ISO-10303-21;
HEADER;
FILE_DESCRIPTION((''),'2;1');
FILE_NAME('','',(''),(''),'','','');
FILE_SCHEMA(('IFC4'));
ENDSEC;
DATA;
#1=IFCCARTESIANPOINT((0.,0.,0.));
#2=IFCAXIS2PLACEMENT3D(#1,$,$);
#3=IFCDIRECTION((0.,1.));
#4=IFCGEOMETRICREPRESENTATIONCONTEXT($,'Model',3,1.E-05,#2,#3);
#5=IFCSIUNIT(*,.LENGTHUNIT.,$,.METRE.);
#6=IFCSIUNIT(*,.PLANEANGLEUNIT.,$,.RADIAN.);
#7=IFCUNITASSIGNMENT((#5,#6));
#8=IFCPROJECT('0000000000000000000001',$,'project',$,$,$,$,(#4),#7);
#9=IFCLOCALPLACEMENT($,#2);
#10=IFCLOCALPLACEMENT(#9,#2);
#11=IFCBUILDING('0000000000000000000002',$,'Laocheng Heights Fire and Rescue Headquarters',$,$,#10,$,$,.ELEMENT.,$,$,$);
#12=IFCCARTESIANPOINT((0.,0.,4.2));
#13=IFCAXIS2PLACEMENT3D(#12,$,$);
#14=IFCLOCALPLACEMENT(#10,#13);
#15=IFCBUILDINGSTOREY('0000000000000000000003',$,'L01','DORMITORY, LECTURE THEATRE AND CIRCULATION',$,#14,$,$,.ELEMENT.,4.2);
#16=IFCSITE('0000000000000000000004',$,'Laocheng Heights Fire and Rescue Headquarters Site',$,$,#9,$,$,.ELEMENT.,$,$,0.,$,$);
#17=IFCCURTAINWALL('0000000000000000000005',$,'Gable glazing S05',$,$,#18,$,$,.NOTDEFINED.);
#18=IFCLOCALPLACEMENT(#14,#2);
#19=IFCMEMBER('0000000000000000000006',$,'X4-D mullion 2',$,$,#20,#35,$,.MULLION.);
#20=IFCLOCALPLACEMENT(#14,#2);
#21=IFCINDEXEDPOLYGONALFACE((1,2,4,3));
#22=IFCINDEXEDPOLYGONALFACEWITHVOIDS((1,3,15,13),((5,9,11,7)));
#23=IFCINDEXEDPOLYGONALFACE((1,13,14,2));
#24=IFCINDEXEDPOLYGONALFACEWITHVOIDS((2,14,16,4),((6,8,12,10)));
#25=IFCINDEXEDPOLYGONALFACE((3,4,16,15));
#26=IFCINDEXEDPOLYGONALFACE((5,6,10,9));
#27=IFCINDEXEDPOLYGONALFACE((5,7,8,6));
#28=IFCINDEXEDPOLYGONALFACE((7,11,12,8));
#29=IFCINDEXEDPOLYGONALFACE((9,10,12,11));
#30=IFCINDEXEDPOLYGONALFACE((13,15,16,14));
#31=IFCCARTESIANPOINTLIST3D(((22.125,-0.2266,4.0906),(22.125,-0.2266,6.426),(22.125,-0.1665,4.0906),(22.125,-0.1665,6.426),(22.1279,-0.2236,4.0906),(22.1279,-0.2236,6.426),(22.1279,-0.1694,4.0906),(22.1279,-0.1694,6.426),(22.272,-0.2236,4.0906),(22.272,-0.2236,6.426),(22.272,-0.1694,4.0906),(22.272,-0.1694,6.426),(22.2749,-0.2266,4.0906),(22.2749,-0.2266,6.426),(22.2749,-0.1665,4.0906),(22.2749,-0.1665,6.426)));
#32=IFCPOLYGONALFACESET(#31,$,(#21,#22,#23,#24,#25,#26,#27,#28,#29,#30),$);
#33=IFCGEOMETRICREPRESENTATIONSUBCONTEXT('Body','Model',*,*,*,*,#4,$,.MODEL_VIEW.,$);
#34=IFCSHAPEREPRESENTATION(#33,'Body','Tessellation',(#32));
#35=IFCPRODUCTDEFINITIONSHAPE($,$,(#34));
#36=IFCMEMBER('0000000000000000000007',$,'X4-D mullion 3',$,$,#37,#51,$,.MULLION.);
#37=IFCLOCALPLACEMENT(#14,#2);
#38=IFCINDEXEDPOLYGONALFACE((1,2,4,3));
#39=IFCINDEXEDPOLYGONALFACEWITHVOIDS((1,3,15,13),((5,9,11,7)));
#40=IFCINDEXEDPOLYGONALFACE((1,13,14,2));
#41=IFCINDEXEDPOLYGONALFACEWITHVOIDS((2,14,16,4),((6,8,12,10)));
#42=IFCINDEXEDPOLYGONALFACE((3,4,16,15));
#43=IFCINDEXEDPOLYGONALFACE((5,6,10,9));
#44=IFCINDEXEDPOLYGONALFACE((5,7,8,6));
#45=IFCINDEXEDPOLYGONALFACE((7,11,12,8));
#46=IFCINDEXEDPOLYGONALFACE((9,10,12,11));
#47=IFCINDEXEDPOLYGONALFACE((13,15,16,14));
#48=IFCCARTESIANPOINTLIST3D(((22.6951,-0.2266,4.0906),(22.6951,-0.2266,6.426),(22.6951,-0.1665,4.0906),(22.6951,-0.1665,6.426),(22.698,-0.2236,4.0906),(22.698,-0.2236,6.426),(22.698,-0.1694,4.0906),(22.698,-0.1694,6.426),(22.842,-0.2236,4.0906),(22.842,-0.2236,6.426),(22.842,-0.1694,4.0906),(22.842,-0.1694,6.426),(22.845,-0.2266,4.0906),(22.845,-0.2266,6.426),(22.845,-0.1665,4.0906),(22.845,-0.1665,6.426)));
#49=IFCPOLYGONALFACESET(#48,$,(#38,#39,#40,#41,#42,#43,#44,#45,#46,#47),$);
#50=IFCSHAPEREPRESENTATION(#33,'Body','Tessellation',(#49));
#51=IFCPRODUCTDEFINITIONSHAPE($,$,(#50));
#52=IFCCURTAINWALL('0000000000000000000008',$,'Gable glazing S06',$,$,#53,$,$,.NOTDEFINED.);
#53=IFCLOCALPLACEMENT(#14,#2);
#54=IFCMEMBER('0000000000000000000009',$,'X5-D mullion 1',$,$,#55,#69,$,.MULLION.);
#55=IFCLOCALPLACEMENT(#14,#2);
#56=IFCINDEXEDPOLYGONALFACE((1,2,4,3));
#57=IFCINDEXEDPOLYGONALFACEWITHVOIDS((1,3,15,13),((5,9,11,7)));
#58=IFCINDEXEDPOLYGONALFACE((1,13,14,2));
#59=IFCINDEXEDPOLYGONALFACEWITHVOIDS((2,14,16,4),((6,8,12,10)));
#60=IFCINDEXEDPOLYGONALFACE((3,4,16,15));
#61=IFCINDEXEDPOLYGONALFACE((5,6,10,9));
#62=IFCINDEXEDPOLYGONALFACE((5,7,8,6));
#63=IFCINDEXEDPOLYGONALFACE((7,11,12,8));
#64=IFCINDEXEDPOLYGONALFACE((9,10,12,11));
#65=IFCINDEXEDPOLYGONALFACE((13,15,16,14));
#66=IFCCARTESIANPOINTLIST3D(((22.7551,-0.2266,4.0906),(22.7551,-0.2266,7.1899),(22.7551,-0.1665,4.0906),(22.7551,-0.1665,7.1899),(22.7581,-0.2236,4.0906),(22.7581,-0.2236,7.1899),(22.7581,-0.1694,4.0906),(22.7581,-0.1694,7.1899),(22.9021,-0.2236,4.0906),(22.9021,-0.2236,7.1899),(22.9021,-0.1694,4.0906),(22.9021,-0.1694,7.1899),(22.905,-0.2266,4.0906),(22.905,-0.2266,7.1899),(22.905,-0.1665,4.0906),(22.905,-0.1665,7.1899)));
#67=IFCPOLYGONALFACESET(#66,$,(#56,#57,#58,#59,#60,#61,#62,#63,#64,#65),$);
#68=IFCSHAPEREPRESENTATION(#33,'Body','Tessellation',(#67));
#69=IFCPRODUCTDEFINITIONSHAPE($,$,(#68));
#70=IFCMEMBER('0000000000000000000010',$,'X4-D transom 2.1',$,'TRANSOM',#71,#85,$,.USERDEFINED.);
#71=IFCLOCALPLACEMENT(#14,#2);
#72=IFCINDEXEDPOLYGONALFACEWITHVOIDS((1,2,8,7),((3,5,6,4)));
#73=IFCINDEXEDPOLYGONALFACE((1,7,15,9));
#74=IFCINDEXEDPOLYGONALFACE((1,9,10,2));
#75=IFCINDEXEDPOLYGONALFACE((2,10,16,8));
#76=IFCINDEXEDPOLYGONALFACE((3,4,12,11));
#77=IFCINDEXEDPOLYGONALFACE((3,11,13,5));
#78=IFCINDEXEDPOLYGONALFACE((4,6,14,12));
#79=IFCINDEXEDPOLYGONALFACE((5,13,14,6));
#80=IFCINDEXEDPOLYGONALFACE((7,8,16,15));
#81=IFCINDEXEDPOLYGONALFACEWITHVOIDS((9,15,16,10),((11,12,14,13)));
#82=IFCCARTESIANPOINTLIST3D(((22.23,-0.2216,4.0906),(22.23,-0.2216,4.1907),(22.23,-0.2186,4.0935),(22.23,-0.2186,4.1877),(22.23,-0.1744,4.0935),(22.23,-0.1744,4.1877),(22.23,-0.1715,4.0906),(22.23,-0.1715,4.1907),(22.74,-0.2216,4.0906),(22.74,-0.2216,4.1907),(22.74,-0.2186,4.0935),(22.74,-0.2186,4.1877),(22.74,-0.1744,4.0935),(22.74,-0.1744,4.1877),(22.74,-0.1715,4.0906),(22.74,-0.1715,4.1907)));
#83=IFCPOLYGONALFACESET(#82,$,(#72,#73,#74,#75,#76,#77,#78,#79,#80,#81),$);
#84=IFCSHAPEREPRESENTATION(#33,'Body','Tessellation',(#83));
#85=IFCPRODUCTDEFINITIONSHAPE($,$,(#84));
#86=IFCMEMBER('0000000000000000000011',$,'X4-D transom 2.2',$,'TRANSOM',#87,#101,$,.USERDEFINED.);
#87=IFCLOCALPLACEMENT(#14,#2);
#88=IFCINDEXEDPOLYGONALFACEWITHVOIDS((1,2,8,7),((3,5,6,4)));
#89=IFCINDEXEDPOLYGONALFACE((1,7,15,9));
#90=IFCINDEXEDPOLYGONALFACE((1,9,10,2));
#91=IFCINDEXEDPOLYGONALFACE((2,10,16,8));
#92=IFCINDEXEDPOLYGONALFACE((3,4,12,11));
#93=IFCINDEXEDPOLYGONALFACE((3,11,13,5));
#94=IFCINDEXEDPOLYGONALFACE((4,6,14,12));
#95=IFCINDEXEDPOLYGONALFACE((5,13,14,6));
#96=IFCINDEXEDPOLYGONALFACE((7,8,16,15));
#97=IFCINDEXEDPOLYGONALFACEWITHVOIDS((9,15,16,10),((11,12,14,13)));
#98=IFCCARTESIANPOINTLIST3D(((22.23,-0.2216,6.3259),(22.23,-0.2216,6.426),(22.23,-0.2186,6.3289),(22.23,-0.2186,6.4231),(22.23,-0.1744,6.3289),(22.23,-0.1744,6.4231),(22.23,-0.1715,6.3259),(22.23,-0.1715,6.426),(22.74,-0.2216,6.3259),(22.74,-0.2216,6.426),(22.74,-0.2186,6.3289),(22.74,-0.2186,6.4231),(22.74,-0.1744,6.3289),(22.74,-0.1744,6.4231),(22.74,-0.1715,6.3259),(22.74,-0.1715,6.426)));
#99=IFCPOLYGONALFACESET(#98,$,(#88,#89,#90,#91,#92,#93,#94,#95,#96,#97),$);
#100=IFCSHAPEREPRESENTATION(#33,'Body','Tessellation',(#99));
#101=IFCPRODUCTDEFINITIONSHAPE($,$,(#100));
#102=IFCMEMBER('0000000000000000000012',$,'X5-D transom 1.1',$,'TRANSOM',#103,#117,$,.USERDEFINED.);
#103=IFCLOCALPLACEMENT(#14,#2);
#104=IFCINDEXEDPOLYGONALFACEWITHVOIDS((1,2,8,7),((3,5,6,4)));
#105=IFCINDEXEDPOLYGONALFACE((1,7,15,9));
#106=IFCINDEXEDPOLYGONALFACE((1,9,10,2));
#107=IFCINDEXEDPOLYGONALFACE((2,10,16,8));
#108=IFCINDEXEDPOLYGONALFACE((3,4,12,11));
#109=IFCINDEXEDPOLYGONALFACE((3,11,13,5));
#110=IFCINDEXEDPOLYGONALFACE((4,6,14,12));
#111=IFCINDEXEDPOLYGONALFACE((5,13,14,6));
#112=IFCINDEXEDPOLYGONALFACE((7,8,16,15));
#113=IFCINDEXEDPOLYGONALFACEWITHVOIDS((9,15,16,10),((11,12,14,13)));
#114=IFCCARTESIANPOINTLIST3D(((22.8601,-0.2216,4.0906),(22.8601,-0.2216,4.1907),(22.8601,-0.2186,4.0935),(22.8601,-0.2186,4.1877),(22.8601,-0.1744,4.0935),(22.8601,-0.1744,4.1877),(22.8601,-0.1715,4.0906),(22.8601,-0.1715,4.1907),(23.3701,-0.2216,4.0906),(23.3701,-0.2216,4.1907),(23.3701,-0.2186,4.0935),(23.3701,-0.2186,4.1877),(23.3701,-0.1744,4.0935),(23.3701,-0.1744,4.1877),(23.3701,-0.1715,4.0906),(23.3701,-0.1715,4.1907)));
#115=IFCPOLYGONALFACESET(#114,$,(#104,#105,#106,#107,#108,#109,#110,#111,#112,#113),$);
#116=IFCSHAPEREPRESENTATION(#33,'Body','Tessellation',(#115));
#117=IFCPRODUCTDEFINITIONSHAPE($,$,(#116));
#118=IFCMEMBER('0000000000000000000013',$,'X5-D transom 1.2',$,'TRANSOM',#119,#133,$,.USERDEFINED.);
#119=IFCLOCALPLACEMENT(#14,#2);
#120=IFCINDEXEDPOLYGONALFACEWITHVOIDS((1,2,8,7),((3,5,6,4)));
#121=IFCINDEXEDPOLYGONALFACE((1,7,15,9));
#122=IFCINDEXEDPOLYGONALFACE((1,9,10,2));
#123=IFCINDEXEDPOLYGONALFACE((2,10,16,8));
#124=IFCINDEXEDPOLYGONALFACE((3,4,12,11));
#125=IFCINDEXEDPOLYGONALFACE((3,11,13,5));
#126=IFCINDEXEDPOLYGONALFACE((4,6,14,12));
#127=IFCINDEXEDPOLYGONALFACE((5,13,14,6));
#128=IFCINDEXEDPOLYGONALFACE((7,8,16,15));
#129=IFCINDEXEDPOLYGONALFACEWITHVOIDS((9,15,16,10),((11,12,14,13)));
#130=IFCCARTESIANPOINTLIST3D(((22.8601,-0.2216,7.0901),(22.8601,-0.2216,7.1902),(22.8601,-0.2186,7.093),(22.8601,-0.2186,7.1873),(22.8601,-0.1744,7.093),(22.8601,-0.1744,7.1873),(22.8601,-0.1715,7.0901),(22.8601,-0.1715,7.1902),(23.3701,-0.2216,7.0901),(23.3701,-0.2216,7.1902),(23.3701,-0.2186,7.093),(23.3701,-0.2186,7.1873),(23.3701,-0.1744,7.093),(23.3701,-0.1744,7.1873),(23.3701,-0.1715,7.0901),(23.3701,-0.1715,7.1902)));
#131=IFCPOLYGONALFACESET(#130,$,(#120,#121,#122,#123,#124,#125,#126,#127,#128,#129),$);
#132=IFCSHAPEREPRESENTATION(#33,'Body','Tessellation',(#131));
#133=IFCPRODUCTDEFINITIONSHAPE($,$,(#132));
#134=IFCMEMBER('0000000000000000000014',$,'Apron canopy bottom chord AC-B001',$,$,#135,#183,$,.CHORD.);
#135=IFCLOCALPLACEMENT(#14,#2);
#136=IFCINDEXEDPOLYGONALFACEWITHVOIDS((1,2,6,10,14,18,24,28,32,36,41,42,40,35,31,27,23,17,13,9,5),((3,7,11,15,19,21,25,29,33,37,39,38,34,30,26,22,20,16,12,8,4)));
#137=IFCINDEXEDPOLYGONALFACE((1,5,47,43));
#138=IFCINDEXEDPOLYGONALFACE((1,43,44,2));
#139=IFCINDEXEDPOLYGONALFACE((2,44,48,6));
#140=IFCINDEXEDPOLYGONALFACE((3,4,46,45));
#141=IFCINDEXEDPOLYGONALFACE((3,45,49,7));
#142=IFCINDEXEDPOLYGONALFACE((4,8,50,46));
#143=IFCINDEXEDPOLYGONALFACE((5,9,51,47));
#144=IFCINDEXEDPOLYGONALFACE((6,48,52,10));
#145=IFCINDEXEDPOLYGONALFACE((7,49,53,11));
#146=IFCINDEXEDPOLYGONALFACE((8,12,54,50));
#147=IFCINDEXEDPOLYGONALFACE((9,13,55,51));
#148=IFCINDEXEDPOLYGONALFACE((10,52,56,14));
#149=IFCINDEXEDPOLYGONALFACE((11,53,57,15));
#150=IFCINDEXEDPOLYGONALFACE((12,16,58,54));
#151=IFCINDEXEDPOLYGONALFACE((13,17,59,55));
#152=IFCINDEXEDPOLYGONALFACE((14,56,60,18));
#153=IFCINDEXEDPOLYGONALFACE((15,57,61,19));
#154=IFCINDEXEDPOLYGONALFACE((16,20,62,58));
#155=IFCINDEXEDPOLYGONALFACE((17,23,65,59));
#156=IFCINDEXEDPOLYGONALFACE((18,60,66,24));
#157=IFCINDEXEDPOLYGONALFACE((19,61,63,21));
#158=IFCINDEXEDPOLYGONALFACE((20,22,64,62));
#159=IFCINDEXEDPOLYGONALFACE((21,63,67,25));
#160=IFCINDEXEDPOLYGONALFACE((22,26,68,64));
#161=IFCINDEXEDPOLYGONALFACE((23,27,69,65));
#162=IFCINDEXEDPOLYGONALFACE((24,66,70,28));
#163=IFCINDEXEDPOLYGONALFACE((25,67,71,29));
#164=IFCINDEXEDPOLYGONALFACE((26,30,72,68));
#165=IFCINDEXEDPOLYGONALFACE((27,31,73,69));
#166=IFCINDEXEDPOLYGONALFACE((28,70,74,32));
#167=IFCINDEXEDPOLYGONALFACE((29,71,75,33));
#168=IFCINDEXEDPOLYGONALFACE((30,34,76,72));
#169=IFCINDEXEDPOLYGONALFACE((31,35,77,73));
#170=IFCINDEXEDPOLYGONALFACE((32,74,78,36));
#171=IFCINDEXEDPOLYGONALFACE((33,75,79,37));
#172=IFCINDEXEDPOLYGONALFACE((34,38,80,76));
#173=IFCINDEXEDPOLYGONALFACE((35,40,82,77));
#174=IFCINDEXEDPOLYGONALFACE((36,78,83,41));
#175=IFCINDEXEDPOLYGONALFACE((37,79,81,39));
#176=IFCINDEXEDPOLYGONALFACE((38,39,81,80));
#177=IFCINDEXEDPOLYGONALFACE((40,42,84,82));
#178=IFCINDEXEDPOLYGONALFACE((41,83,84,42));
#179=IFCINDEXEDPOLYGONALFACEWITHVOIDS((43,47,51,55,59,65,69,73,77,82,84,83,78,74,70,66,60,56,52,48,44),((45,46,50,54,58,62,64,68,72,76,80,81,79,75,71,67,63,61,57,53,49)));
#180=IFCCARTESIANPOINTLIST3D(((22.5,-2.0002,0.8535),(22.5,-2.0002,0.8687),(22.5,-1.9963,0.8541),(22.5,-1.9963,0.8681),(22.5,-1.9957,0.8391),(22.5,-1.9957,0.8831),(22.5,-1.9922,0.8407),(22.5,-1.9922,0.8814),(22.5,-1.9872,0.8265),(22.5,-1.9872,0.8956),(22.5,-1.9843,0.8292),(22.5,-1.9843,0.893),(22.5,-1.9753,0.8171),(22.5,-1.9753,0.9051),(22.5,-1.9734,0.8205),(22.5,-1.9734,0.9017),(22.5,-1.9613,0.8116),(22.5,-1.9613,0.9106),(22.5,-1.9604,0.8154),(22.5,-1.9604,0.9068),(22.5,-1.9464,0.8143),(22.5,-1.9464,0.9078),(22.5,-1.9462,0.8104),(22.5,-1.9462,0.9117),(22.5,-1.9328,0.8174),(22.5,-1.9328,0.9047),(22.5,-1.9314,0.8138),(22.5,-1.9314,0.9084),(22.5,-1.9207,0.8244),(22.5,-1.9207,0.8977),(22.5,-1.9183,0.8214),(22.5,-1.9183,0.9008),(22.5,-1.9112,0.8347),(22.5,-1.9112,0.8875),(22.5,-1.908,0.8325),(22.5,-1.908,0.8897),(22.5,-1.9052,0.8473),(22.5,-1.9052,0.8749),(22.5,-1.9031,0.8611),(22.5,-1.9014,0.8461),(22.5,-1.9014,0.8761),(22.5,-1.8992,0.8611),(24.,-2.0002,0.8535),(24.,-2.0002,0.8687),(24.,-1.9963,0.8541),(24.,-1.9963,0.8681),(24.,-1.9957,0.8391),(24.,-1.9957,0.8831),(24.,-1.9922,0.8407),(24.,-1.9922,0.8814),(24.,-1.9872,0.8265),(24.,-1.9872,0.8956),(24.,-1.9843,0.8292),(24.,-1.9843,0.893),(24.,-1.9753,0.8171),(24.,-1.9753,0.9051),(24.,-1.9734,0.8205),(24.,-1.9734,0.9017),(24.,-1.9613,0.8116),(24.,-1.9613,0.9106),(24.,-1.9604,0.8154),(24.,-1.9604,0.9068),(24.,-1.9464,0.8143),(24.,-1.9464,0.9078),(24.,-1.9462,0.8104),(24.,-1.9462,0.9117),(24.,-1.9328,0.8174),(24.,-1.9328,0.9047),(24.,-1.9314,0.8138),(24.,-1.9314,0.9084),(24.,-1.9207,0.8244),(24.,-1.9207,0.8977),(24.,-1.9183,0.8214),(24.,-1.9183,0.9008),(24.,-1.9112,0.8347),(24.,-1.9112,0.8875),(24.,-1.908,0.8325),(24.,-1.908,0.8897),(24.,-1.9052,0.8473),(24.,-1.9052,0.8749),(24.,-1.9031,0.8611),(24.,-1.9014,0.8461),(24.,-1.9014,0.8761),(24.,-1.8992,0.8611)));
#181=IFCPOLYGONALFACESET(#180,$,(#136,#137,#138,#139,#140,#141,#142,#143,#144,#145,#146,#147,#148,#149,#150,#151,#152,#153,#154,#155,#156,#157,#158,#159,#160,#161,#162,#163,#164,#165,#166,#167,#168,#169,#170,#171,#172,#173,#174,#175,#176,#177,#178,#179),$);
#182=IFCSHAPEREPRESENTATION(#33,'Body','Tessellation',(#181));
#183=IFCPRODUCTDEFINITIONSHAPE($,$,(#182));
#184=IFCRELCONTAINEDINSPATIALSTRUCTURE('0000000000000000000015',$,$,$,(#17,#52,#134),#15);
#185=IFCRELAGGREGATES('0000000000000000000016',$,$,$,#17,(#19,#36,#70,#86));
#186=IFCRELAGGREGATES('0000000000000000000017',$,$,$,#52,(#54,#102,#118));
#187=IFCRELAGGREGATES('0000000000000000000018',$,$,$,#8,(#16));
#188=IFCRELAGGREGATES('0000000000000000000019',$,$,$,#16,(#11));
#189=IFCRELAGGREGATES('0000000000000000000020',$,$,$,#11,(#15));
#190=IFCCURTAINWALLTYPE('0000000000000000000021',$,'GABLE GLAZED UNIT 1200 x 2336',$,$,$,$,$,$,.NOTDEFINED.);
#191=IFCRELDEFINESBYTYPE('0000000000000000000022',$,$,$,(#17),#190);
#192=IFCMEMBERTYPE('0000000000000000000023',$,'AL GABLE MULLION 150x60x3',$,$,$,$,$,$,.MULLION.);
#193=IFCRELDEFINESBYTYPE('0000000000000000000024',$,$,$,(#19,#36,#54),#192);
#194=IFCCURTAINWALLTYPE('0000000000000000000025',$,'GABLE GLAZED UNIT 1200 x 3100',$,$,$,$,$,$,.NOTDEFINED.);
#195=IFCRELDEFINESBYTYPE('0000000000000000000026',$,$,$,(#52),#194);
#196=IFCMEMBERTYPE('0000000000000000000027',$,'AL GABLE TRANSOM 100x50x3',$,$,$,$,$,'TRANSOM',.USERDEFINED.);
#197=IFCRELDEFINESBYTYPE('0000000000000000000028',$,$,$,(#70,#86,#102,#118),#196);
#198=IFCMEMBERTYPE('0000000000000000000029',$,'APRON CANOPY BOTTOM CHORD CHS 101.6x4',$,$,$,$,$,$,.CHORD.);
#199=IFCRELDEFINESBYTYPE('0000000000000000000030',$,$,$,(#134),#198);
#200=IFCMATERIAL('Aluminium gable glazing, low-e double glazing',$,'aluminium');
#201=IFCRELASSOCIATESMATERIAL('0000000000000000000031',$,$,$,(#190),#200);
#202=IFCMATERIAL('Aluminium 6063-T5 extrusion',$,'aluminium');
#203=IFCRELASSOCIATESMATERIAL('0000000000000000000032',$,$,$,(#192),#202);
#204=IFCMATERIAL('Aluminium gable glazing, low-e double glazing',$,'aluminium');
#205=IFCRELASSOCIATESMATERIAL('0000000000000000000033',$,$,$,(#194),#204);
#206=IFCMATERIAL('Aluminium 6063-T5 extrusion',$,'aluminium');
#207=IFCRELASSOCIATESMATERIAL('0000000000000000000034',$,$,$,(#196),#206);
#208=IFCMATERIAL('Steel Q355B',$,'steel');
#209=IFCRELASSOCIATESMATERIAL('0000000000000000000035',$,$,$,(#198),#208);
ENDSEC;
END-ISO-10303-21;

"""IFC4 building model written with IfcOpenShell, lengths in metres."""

from ifc_helpers import new_model, si_unit, direction, frame, origin, origin_2d, place, context, subcontext, project, spatial, hollow_rectangle, hollow_circle, extrude, material, material_profile, profile_set, type_object, element, aggregate, save


model = new_model("IFC4")

# Units and contexts
model_context = context("Model", 3, precision=1e-05, world=origin(), true_north=direction((0.0, 1.0)))
body_context = subcontext(model_context, "Body", "Model", "MODEL_VIEW")
ifc_project = project(units=[si_unit("LENGTHUNIT", "METRE"), si_unit("PLANEANGLEUNIT", "RADIAN")], contexts=[model_context])

# Site, building, storey
site_placement = place(None, origin())
site = spatial("IfcSite", under=ifc_project, at=site_placement, Name="Laocheng Heights Fire and Rescue Headquarters Site", CompositionType="ELEMENT", RefElevation=0.0)
building_placement = place(site_placement, origin())
building = spatial("IfcBuilding", under=site, at=building_placement, Name="Laocheng Heights Fire and Rescue Headquarters", CompositionType="ELEMENT")
storey_placement = place(building_placement, frame((0.0, 0.0, 4.2)))
storey = spatial("IfcBuildingStorey", under=building, at=storey_placement, Name="L01", Description="DORMITORY, LECTURE THEATRE AND CIRCULATION", CompositionType="ELEMENT", Elevation=4.2)

# Curtain wall, members
ifc_material_1 = material(Name="Aluminium gable glazing, low-e double glazing", Category="aluminium")
curtain_wall_type_1 = type_object("IfcCurtainWallType", Name="GABLE GLAZED UNIT 1200 x 2336", PredefinedType="NOTDEFINED", material=ifc_material_1)
curtain_wall_1_placement = place(storey_placement, origin())
curtain_wall_1 = element("IfcCurtainWall", 1, at=curtain_wall_1_placement, inside=storey, type_object=curtain_wall_type_1, Name="Gable glazing S05", PredefinedType="NOTDEFINED")
ifc_material_2 = material(Name="Aluminium 6063-T5 extrusion", Category="aluminium")
ifc_material_profile_1 = material_profile(ifc_material_2, hollow_rectangle(XDim=0.0601, YDim=0.1499, WallThickness=0.0029, at=origin_2d()), Name="AL MULLION 150x60x3")
ifc_profile_set_1 = profile_set([ifc_material_profile_1], Name="Aluminium 6063-T5 extrusion")
member_type_1 = type_object("IfcMemberType", Name="AL GABLE MULLION 150x60x3", PredefinedType="MULLION", material=ifc_profile_set_1)
member_1_placement = place(storey_placement, frame((22.2, -0.1965, 4.0906), z_axis=(0.0, 0.0, 1.0), x_axis=(0.0, 1.0, 0.0)))
member_1 = element("IfcMember", 2, at=member_1_placement, type_object=member_type_1, Name="X4-D mullion 2", PredefinedType="MULLION", context=body_context, shape_type="SweptSolid", body=[
    extrude(hollow_rectangle(XDim=0.0601, YDim=0.1499, WallThickness=0.0029, at=origin_2d()), origin(), (0.0, 0.0, 1.0), 2.3354),
])
member_2_placement = place(storey_placement, frame((22.77, -0.1965, 4.0906), z_axis=(0.0, 0.0, 1.0), x_axis=(0.0, 1.0, 0.0)))
member_2 = element("IfcMember", 3, at=member_2_placement, type_object=member_type_1, Name="X4-D mullion 3", PredefinedType="MULLION", context=body_context, shape_type="SweptSolid", body=[
    extrude(hollow_rectangle(XDim=0.0601, YDim=0.1499, WallThickness=0.0029, at=origin_2d()), origin(), (0.0, 0.0, 1.0), 2.3354),
])

# Curtain wall, member
ifc_material_3 = material(Name="Aluminium gable glazing, low-e double glazing", Category="aluminium")
curtain_wall_type_2 = type_object("IfcCurtainWallType", Name="GABLE GLAZED UNIT 1200 x 3100", PredefinedType="NOTDEFINED", material=ifc_material_3)
curtain_wall_2_placement = place(storey_placement, origin())
curtain_wall_2 = element("IfcCurtainWall", 4, at=curtain_wall_2_placement, inside=storey, type_object=curtain_wall_type_2, Name="Gable glazing S06", PredefinedType="NOTDEFINED")
member_3_placement = place(storey_placement, frame((22.8301, -0.1965, 4.0906), z_axis=(0.0, 0.0, 1.0), x_axis=(0.0, 1.0, 0.0)))
member_3 = element("IfcMember", 5, at=member_3_placement, type_object=member_type_1, Name="X5-D mullion 1", PredefinedType="MULLION", context=body_context, shape_type="SweptSolid", body=[
    extrude(hollow_rectangle(XDim=0.0601, YDim=0.1499, WallThickness=0.0029, at=origin_2d()), origin(), (0.0, 0.0, 1.0), 3.0994),
])

# Members
ifc_material_4 = material(Name="Aluminium 6063-T5 extrusion", Category="aluminium")
ifc_material_profile_2 = material_profile(ifc_material_4, hollow_rectangle(XDim=0.05, YDim=0.1001, WallThickness=0.0029, at=origin_2d()), Name="AL TRANSOM 100x50x3")
ifc_profile_set_2 = profile_set([ifc_material_profile_2], Name="Aluminium 6063-T5 extrusion")
member_type_2 = type_object("IfcMemberType", Name="AL GABLE TRANSOM 100x50x3", ElementType="TRANSOM", PredefinedType="USERDEFINED", material=ifc_profile_set_2)
member_4_placement = place(storey_placement, frame((22.23, -0.1965, 4.1406), z_axis=(1.0, 0.0, 0.0), x_axis=(0.0, 1.0, 0.0)))
member_4 = element("IfcMember", 6, at=member_4_placement, type_object=member_type_2, Name="X4-D transom 2.1", ObjectType="TRANSOM", PredefinedType="USERDEFINED", context=body_context, shape_type="SweptSolid", body=[
    extrude(hollow_rectangle(XDim=0.05, YDim=0.1001, WallThickness=0.0029, at=origin_2d()), origin(), (0.0, 0.0, 1.0), 0.51),
])
member_5_placement = place(storey_placement, frame((22.23, -0.1965, 6.376), z_axis=(1.0, 0.0, 0.0), x_axis=(0.0, 1.0, 0.0)))
member_5 = element("IfcMember", 7, at=member_5_placement, type_object=member_type_2, Name="X4-D transom 2.2", ObjectType="TRANSOM", PredefinedType="USERDEFINED", context=body_context, shape_type="SweptSolid", body=[
    extrude(hollow_rectangle(XDim=0.05, YDim=0.1001, WallThickness=0.0029, at=origin_2d()), origin(), (0.0, 0.0, 1.0), 0.51),
])
member_6_placement = place(storey_placement, frame((22.8601, -0.1965, 4.1406), z_axis=(1.0, 0.0, 0.0), x_axis=(0.0, 1.0, 0.0)))
member_6 = element("IfcMember", 8, at=member_6_placement, type_object=member_type_2, Name="X5-D transom 1.1", ObjectType="TRANSOM", PredefinedType="USERDEFINED", context=body_context, shape_type="SweptSolid", body=[
    extrude(hollow_rectangle(XDim=0.05, YDim=0.1001, WallThickness=0.0029, at=origin_2d()), origin(), (0.0, 0.0, 1.0), 0.51),
])
member_7_placement = place(storey_placement, frame((22.8601, -0.1965, 7.1401), z_axis=(1.0, 0.0, 0.0), x_axis=(0.0, 1.0, 0.0)))
member_7 = element("IfcMember", 9, at=member_7_placement, type_object=member_type_2, Name="X5-D transom 1.2", ObjectType="TRANSOM", PredefinedType="USERDEFINED", context=body_context, shape_type="SweptSolid", body=[
    extrude(hollow_rectangle(XDim=0.05, YDim=0.1001, WallThickness=0.0029, at=origin_2d()), origin(), (0.0, 0.0, 1.0), 0.51),
])

# Member
ifc_material_5 = material(Name="Steel Q355B", Category="steel")
ifc_material_profile_3 = material_profile(ifc_material_5, hollow_circle(Radius=0.0508, WallThickness=0.0039, at=origin_2d()), Name="CHS 101.6x4")
ifc_profile_set_3 = profile_set([ifc_material_profile_3], Name="Steel Q355B")
member_type_3 = type_object("IfcMemberType", Name="APRON CANOPY BOTTOM CHORD CHS 101.6x4", PredefinedType="CHORD", material=ifc_profile_set_3)
member_8_placement = place(storey_placement, frame((22.5, -1.95, 0.8611), z_axis=(1.0, 0.0, 0.0), x_axis=(0.0, 1.0, 0.0)))
element("IfcMember", 10, at=member_8_placement, inside=storey, type_object=member_type_3, Name="Apron canopy bottom chord AC-B001", PredefinedType="CHORD", context=body_context, shape_type="SweptSolid", body=[
    extrude(hollow_circle(Radius=0.0508, WallThickness=0.0039, at=origin_2d()), origin(), (0.0, 0.0, 1.0), 1.5),
])

aggregate(curtain_wall_1, [member_1, member_2, member_4, member_5])
aggregate(curtain_wall_2, [member_3, member_6, member_7])

save(model, "model.ifc")
